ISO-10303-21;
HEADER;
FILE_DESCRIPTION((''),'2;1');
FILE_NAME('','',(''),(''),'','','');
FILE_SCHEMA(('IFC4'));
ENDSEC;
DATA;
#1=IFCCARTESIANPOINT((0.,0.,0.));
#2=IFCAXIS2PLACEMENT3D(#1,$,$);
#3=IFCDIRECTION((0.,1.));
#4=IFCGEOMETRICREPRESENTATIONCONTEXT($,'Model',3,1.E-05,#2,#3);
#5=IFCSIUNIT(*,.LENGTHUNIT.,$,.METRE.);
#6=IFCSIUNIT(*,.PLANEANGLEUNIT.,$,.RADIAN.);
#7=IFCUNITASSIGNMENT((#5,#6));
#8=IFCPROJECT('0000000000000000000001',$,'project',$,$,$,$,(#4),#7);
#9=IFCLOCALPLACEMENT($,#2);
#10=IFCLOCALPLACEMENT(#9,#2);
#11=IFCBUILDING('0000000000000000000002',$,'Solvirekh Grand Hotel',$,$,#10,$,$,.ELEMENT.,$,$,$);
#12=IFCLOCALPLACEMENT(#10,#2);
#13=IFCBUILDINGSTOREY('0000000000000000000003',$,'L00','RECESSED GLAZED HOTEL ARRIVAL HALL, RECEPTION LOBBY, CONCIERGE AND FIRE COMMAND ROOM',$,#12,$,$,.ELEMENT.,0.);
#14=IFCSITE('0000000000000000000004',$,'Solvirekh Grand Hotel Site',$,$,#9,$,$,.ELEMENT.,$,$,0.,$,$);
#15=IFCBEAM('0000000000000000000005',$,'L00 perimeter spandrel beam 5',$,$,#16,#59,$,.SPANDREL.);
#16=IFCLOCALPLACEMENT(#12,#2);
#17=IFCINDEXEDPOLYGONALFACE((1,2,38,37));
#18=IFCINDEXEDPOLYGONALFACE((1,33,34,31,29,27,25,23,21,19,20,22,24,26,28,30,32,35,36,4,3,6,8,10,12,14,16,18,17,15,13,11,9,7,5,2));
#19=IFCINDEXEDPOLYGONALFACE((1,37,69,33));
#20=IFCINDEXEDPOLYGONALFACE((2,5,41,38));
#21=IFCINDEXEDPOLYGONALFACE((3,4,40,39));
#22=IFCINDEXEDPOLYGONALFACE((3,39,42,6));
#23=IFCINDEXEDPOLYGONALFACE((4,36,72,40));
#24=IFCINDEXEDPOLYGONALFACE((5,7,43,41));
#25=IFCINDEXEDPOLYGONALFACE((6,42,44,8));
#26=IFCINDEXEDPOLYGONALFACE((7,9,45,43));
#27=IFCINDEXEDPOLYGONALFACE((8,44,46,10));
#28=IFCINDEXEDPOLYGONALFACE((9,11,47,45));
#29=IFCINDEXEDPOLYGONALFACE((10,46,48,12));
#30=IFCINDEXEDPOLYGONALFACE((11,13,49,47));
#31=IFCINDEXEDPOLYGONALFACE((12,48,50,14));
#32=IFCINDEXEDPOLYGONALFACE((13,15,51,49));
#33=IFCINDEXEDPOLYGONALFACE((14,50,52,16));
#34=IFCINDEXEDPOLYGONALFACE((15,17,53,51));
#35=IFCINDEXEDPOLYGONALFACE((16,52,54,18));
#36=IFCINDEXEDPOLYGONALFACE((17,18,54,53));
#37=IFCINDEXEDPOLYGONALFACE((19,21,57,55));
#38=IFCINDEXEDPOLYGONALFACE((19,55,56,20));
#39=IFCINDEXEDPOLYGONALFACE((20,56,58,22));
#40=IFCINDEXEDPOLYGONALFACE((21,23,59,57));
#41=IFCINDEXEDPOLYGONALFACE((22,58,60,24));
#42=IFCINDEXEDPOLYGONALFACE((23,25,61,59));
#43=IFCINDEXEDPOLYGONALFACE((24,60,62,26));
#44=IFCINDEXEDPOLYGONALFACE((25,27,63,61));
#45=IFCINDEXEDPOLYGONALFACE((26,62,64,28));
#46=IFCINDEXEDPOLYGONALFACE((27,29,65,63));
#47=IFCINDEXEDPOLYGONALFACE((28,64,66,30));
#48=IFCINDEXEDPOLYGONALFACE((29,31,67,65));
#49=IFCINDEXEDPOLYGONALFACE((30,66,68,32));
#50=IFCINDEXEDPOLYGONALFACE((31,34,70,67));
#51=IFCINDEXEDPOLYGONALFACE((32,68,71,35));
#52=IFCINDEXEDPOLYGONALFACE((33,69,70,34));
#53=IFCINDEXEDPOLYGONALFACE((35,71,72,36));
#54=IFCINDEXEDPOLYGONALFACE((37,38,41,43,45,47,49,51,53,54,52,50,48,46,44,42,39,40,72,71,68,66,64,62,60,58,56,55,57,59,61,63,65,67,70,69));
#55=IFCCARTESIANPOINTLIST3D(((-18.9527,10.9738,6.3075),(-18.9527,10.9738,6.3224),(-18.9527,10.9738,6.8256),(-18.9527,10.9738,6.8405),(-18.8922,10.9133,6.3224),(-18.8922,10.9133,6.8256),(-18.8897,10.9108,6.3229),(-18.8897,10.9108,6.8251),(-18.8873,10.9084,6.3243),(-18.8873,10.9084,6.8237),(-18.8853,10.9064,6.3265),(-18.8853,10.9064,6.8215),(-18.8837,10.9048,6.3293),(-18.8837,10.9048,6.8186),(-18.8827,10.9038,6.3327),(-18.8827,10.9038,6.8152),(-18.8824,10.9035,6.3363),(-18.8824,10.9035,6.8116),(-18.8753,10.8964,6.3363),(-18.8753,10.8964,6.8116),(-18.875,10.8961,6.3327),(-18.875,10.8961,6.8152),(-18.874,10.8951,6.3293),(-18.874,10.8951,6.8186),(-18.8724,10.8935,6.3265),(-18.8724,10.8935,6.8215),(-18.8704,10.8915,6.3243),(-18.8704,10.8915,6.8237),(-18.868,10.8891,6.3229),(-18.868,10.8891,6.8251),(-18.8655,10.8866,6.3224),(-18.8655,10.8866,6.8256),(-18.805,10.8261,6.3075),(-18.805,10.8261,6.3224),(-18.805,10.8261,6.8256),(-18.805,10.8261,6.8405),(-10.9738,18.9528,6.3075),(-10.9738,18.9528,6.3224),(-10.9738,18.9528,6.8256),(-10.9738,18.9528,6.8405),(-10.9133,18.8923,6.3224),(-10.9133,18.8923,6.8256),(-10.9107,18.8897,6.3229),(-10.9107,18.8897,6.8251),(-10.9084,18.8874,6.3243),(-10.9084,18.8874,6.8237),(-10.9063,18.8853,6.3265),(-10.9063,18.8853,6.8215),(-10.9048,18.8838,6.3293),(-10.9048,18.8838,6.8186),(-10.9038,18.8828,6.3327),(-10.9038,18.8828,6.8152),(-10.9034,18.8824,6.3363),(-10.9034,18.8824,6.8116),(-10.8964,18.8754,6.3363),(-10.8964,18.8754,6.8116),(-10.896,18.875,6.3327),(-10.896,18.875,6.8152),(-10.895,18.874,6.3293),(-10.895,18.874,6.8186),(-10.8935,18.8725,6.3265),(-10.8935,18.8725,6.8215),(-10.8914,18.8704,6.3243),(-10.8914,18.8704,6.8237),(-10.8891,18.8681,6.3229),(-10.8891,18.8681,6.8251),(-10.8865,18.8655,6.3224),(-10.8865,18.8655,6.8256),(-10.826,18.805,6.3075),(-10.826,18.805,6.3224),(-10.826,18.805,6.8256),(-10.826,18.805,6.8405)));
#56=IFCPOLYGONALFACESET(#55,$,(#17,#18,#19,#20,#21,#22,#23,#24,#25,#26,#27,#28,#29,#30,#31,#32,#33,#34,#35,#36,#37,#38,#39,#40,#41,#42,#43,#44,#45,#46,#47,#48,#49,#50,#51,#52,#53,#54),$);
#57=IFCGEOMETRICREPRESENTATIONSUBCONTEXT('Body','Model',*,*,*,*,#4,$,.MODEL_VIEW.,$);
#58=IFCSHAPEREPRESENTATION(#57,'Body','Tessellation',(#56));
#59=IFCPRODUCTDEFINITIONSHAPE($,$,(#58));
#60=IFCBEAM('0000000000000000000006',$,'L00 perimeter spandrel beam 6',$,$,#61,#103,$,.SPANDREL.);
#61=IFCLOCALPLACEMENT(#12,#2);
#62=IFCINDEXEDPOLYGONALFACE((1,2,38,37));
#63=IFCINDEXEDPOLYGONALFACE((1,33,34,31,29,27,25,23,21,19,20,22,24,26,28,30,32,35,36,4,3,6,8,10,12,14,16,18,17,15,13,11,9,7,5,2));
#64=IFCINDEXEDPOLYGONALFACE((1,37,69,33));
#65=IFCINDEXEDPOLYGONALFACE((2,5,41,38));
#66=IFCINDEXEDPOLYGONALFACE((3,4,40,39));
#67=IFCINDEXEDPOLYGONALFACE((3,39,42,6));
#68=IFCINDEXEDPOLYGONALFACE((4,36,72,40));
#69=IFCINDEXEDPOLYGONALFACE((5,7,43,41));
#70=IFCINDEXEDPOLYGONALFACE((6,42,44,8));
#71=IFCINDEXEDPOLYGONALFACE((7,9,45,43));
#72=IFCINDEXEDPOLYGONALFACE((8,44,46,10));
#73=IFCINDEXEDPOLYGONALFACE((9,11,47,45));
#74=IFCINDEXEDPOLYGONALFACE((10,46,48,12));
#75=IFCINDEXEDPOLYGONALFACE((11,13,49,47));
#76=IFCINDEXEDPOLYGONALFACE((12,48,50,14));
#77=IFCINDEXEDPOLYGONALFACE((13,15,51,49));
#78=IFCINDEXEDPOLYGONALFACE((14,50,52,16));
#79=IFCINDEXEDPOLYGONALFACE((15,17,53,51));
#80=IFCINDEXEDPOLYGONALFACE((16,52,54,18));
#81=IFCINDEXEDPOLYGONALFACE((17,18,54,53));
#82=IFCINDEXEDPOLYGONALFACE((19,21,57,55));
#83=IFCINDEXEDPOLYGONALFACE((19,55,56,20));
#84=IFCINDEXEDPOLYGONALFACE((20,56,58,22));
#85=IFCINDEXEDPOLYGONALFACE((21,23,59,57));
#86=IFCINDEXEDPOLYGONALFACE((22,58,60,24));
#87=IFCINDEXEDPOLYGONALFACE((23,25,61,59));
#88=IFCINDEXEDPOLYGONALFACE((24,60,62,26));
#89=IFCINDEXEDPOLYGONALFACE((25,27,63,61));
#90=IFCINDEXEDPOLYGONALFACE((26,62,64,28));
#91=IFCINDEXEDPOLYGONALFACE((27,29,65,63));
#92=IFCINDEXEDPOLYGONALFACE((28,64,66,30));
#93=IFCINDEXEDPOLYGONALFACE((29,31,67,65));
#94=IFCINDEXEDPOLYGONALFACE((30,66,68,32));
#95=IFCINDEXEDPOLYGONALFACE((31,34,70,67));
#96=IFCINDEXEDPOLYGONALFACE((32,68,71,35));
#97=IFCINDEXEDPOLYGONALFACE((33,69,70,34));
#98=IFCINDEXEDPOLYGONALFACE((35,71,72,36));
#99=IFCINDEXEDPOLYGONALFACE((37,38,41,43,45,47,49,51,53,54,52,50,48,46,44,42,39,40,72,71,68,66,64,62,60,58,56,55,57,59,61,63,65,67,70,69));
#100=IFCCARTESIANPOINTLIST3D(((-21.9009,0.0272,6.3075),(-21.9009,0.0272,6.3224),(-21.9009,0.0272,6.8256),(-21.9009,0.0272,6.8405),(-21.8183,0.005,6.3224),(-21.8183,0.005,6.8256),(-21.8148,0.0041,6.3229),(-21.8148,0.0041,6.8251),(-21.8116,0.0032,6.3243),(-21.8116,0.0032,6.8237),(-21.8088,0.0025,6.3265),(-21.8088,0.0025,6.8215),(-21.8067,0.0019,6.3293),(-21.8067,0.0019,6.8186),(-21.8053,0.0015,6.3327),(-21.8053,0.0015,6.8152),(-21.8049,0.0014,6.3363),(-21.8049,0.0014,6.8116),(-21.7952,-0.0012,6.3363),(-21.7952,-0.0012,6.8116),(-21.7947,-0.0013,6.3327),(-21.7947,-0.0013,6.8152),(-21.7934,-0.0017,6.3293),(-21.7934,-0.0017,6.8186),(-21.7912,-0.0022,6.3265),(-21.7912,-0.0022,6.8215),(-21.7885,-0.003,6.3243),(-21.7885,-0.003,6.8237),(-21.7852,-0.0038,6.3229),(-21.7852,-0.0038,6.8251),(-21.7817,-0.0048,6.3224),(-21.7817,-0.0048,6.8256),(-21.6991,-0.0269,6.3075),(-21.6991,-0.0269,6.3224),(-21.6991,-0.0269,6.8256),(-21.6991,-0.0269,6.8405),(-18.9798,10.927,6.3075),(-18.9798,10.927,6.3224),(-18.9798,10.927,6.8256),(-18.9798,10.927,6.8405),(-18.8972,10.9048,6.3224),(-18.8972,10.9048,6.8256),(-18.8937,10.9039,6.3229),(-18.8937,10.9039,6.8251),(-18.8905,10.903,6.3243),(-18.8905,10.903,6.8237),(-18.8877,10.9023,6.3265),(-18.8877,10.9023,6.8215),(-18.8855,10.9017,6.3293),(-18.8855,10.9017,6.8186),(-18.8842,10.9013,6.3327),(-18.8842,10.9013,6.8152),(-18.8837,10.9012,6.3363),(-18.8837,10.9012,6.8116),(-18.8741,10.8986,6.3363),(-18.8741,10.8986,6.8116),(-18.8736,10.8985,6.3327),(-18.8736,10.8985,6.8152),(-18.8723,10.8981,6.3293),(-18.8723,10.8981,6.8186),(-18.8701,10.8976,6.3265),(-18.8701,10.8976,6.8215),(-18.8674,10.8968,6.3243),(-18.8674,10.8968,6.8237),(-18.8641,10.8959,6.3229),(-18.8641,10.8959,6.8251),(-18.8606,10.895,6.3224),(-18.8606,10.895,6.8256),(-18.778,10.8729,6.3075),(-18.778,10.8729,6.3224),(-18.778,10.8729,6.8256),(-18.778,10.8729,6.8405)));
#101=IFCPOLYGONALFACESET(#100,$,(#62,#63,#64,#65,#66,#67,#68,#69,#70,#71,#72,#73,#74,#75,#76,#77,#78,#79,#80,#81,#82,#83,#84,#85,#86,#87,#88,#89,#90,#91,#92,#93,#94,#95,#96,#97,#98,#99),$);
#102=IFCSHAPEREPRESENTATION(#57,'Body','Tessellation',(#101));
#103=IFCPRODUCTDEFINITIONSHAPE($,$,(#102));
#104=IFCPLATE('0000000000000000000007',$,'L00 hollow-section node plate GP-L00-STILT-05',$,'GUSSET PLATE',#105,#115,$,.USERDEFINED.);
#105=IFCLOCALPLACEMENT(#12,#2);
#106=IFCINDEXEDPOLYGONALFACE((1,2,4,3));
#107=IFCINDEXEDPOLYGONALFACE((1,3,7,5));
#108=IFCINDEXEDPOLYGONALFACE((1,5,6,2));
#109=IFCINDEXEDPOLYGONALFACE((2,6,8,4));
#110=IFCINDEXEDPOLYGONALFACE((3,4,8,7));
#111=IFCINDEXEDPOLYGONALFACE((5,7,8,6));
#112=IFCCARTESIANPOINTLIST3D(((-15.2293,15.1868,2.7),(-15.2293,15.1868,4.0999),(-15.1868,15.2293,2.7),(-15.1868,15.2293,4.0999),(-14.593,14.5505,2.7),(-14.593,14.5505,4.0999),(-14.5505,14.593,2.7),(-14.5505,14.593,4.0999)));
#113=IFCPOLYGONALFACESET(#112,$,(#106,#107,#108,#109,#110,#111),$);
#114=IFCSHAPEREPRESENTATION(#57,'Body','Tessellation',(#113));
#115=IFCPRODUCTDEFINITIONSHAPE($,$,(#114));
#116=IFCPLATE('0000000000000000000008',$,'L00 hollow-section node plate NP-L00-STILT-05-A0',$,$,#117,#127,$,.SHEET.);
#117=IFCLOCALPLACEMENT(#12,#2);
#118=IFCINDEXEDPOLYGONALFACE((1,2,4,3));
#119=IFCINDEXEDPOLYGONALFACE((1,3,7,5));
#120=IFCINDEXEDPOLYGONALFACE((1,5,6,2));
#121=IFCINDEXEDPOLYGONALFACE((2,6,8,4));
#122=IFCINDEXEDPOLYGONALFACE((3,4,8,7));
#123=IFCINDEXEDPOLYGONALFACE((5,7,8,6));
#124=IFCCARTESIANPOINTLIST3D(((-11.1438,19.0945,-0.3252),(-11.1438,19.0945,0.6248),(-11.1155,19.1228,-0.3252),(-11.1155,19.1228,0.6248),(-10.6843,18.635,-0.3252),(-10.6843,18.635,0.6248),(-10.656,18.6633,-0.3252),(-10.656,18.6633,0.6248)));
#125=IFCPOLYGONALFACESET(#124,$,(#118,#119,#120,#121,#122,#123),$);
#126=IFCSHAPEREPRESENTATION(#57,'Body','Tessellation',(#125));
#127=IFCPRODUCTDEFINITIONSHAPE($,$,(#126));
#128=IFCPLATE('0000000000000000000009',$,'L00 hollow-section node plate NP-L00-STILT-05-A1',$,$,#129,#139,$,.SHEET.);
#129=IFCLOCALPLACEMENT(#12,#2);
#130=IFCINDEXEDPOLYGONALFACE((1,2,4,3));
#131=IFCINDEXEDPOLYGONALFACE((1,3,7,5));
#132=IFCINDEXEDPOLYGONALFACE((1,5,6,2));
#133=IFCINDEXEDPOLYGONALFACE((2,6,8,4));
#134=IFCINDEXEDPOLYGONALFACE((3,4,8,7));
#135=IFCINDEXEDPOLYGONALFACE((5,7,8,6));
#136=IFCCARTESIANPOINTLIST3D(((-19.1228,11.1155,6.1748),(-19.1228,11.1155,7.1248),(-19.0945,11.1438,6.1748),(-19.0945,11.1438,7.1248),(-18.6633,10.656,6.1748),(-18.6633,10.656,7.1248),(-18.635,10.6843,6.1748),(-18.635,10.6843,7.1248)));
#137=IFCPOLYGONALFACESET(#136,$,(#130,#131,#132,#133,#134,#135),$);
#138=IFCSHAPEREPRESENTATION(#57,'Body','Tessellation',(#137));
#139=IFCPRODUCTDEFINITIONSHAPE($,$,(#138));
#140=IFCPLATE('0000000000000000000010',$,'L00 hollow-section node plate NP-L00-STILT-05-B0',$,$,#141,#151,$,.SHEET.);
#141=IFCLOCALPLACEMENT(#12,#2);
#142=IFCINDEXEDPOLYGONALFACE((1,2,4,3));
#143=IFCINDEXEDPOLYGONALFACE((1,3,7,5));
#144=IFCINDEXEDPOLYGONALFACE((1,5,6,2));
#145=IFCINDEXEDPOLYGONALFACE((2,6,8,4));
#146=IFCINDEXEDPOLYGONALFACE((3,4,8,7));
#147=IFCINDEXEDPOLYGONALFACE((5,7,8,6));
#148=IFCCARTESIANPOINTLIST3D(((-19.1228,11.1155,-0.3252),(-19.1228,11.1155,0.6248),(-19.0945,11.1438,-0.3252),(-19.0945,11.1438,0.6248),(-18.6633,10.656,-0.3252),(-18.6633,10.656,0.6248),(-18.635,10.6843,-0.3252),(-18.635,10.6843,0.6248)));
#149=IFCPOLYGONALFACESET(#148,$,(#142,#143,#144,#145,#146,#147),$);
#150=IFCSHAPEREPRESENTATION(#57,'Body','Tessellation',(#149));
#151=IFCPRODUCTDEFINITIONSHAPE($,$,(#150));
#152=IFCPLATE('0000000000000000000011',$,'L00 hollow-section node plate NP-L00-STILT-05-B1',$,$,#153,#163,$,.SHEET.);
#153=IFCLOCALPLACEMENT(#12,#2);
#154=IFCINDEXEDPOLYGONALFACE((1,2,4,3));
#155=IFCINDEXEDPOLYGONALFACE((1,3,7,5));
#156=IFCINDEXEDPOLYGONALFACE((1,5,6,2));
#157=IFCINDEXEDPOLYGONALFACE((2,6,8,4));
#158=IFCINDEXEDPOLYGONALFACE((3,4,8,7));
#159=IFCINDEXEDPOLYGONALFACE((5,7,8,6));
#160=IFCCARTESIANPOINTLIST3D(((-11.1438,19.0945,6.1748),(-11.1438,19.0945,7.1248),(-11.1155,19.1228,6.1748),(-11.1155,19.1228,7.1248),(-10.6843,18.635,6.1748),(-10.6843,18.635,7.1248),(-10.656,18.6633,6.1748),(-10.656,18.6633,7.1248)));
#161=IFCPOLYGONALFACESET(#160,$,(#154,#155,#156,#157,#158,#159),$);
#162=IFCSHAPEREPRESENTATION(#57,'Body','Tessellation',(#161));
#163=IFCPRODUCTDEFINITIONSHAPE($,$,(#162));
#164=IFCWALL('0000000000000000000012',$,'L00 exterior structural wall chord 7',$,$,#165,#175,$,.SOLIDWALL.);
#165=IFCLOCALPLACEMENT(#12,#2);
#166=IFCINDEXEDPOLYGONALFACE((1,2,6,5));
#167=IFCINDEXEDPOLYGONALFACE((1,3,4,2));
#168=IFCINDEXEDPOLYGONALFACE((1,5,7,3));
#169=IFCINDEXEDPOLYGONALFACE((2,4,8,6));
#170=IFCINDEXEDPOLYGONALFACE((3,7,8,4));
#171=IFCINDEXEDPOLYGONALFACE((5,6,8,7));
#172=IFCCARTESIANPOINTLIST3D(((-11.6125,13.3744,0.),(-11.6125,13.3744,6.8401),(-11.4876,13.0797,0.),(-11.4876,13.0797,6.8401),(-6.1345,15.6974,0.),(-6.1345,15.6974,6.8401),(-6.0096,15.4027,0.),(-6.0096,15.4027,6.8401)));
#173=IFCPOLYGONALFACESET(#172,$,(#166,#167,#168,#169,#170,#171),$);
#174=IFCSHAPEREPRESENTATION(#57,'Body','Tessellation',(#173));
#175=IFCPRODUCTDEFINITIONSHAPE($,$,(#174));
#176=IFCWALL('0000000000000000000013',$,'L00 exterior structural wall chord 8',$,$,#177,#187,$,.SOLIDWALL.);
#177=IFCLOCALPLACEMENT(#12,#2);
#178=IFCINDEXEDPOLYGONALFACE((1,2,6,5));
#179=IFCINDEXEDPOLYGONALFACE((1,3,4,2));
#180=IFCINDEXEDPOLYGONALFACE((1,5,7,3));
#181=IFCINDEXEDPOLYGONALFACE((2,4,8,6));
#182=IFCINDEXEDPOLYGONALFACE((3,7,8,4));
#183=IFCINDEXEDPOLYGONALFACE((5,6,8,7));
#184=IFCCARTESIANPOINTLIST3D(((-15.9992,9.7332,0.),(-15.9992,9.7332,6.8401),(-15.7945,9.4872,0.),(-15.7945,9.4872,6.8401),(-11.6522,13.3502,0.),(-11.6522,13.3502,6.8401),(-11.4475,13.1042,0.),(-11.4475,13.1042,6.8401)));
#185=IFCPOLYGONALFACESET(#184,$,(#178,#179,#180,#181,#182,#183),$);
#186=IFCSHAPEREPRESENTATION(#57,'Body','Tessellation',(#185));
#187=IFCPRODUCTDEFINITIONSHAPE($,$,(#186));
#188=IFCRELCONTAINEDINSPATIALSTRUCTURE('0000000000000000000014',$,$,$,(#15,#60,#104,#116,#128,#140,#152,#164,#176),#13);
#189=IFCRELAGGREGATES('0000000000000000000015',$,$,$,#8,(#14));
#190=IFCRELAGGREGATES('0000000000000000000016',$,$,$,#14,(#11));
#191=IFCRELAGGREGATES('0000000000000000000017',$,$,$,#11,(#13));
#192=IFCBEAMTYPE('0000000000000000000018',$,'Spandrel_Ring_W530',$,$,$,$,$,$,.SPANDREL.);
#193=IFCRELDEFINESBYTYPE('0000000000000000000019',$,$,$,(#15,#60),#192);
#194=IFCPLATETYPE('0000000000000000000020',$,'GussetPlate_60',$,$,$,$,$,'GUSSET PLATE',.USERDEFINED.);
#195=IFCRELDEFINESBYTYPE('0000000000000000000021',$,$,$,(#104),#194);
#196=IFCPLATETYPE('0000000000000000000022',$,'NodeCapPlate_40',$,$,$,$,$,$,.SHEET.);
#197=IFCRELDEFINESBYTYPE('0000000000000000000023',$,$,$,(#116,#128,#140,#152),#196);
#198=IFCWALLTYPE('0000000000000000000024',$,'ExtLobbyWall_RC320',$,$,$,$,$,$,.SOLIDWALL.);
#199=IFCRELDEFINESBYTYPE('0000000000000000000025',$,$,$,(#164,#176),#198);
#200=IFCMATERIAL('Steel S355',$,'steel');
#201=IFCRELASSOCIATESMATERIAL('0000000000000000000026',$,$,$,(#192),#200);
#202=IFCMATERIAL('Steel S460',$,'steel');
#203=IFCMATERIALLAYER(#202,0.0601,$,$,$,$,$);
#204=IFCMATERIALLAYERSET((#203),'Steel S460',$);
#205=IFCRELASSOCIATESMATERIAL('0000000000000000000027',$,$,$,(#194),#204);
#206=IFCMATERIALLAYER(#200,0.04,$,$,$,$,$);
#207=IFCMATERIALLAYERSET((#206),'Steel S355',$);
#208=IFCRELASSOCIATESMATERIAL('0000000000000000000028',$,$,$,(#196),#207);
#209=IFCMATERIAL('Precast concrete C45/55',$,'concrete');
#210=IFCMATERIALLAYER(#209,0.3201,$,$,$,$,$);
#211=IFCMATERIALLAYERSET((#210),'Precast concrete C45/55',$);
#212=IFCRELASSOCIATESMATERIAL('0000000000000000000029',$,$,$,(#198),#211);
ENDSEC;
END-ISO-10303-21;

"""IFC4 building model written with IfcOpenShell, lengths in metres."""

from ifc_helpers import new_model, si_unit, direction, frame, frame_2d, origin, origin_2d, place, context, subcontext, project, spatial, rectangle, i_section, extrude, material, layer, layer_set, material_profile, profile_set, type_object, element, save


model = new_model("IFC4")

# Units and contexts
model_context = context("Model", 3, precision=1e-05, world=origin(), true_north=direction((0.0, 1.0)))
body_context = subcontext(model_context, "Body", "Model", "MODEL_VIEW")
ifc_project = project(units=[si_unit("LENGTHUNIT", "METRE"), si_unit("PLANEANGLEUNIT", "RADIAN")], contexts=[model_context])

# Site, building, storey
site_placement = place(None, origin())
site = spatial("IfcSite", under=ifc_project, at=site_placement, Name="Solvirekh Grand Hotel Site", CompositionType="ELEMENT", RefElevation=0.0)
building_placement = place(site_placement, origin())
building = spatial("IfcBuilding", under=site, at=building_placement, Name="Solvirekh Grand Hotel", CompositionType="ELEMENT")
storey_placement = place(building_placement, origin())
storey = spatial("IfcBuildingStorey", under=building, at=storey_placement, Name="L00", Description="RECESSED GLAZED HOTEL ARRIVAL HALL, RECEPTION LOBBY, CONCIERGE AND FIRE COMMAND ROOM", CompositionType="ELEMENT", Elevation=0.0)

# Shared definitions
ifc_material_1 = material(Name="Steel S460", Category="steel")
ifc_material_2 = material(Name="Steel S355", Category="steel")

# Beams
ifc_material_profile_1 = material_profile(ifc_material_2, i_section(OverallWidth=0.209, OverallDepth=0.533, WebThickness=0.01, FlangeThickness=0.0149, FilletRadius=0.0139, at=origin_2d()), Name="W530X92")
ifc_profile_set_1 = profile_set([ifc_material_profile_1], Name="Steel S355")
beam_type_1 = type_object("IfcBeamType", Name="Spandrel_Ring_W530", PredefinedType="SPANDREL", material=ifc_profile_set_1)
beam_1_placement = place(storey_placement, frame((-10.8999, 18.8789, 6.574), z_axis=(-0.707107, -0.707107, 0.0), x_axis=(0.707107, -0.707107, 0.0)))
element("IfcBeam", 1, at=beam_1_placement, inside=storey, type_object=beam_type_1, Name="L00 perimeter spandrel beam 5", PredefinedType="SPANDREL", context=body_context, shape_type="SweptSolid", body=[
    extrude(i_section(OverallWidth=0.209, OverallDepth=0.533, WebThickness=0.01, FlangeThickness=0.0149, FilletRadius=0.0139, at=origin_2d()), origin(), (0.0, 0.0, 1.0), 11.2839),
])
beam_2_placement = place(storey_placement, frame((-18.8789, 10.8999, 6.574), z_axis=(-0.258862, -0.965914, 0.0), x_axis=(0.965914, -0.258862, 0.0)))
element("IfcBeam", 2, at=beam_2_placement, inside=storey, type_object=beam_type_1, Name="L00 perimeter spandrel beam 6", PredefinedType="SPANDREL", context=body_context, shape_type="SweptSolid", body=[
    extrude(i_section(OverallWidth=0.209, OverallDepth=0.533, WebThickness=0.01, FlangeThickness=0.0149, FilletRadius=0.0139, at=origin_2d()), origin(), (0.0, 0.0, 1.0), 11.2844),
])

# Plates
ifc_layer_1 = layer(ifc_material_1, 0.0601)
ifc_layer_set_1 = layer_set([ifc_layer_1], Name="Steel S460")
plate_type_1 = type_object("IfcPlateType", Name="GussetPlate_60", ElementType="GUSSET PLATE", PredefinedType="USERDEFINED", material=ifc_layer_set_1)
plate_placement = place(storey_placement, frame((-14.8899, 14.8899, 2.7), z_axis=(0.0, 0.0, 1.0), x_axis=(-0.707107, -0.707107, 0.0)))
element("IfcPlate", 3, at=plate_placement, inside=storey, type_object=plate_type_1, Name="L00 hollow-section node plate GP-L00-STILT-05", ObjectType="GUSSET PLATE", PredefinedType="USERDEFINED", context=body_context, shape_type="SweptSolid", body=[
    extrude(rectangle(XDim=0.0601, YDim=0.8999, at=origin_2d()), origin(), (0.0, 0.0, 1.0), 1.3999),
])
ifc_layer_2 = layer(ifc_material_2, 0.04)
ifc_layer_set_2 = layer_set([ifc_layer_2], Name="Steel S355")
plate_type_2 = type_object("IfcPlateType", Name="NodeCapPlate_40", PredefinedType="SHEET", material=ifc_layer_set_2)
for number, where, z_axis, x_axis, name in (
    (4, (-10.8999, 18.8789, -0.3252), (0.0, 0.0, 1.0), (-0.707107, -0.707107, 0.0), "L00 hollow-section node plate NP-L00-STILT-05-A0"),
    (5, (-18.8789, 10.8999, 6.1748), (0.0, 0.0, 1.0), (-0.707107, -0.707107, 0.0), "L00 hollow-section node plate NP-L00-STILT-05-A1"),
    (6, (-18.8789, 10.8999, -0.3252), (0.0, 0.0, 1.0), (-0.707107, -0.707107, 0.0), "L00 hollow-section node plate NP-L00-STILT-05-B0"),
    (7, (-10.8999, 18.8789, 6.1748), (0.0, 0.0, 1.0), (-0.707107, -0.707107, 0.0), "L00 hollow-section node plate NP-L00-STILT-05-B1"),
):
    element("IfcPlate", number, at=place(storey_placement, frame(where, z_axis=z_axis, x_axis=x_axis)), inside=storey, type_object=plate_type_2, Name=name, PredefinedType="SHEET", context=body_context, shape_type="SweptSolid", body=[
        extrude(rectangle(XDim=0.04, YDim=0.6499, at=origin_2d()), origin(), (0.0, 0.0, 1.0), 0.95),
    ])

# Walls
ifc_material_3 = material(Name="Precast concrete C45/55", Category="concrete")
ifc_layer_3 = layer(ifc_material_3, 0.3201)
ifc_layer_set_3 = layer_set([ifc_layer_3], Name="Precast concrete C45/55")
wall_type_1 = type_object("IfcWallType", Name="ExtLobbyWall_RC320", PredefinedType="SOLIDWALL", material=ifc_layer_set_3)
wall_1_placement = place(storey_placement, frame((-11.55, 13.2271, 0.0), z_axis=(0.0, 0.0, 1.0), x_axis=(0.920643, 0.390405, 0.0)))
element("IfcWall", 8, at=wall_1_placement, inside=storey, type_object=wall_type_1, Name="L00 exterior structural wall chord 7", PredefinedType="SOLIDWALL", context=body_context, shape_type="SweptSolid", body=[
    extrude(rectangle(XDim=5.9502, YDim=0.3201, at=frame_2d((2.9751, 0.0))), origin(), (0.0, 0.0, 1.0), 6.8401),
])
wall_2_placement = place(storey_placement, frame((-15.897, 9.6101, 0.0), z_axis=(0.0, 0.0, 1.0), x_axis=(0.768699, 0.639611, 0.0)))
element("IfcWall", 9, at=wall_2_placement, inside=storey, type_object=wall_type_1, Name="L00 exterior structural wall chord 8", PredefinedType="SOLIDWALL", context=body_context, shape_type="SweptSolid", body=[
    extrude(rectangle(XDim=5.655, YDim=0.3201, at=frame_2d((2.8276, 0.0))), origin(), (0.0, 0.0, 1.0), 6.8401),
])

save(model, "model.ifc")
